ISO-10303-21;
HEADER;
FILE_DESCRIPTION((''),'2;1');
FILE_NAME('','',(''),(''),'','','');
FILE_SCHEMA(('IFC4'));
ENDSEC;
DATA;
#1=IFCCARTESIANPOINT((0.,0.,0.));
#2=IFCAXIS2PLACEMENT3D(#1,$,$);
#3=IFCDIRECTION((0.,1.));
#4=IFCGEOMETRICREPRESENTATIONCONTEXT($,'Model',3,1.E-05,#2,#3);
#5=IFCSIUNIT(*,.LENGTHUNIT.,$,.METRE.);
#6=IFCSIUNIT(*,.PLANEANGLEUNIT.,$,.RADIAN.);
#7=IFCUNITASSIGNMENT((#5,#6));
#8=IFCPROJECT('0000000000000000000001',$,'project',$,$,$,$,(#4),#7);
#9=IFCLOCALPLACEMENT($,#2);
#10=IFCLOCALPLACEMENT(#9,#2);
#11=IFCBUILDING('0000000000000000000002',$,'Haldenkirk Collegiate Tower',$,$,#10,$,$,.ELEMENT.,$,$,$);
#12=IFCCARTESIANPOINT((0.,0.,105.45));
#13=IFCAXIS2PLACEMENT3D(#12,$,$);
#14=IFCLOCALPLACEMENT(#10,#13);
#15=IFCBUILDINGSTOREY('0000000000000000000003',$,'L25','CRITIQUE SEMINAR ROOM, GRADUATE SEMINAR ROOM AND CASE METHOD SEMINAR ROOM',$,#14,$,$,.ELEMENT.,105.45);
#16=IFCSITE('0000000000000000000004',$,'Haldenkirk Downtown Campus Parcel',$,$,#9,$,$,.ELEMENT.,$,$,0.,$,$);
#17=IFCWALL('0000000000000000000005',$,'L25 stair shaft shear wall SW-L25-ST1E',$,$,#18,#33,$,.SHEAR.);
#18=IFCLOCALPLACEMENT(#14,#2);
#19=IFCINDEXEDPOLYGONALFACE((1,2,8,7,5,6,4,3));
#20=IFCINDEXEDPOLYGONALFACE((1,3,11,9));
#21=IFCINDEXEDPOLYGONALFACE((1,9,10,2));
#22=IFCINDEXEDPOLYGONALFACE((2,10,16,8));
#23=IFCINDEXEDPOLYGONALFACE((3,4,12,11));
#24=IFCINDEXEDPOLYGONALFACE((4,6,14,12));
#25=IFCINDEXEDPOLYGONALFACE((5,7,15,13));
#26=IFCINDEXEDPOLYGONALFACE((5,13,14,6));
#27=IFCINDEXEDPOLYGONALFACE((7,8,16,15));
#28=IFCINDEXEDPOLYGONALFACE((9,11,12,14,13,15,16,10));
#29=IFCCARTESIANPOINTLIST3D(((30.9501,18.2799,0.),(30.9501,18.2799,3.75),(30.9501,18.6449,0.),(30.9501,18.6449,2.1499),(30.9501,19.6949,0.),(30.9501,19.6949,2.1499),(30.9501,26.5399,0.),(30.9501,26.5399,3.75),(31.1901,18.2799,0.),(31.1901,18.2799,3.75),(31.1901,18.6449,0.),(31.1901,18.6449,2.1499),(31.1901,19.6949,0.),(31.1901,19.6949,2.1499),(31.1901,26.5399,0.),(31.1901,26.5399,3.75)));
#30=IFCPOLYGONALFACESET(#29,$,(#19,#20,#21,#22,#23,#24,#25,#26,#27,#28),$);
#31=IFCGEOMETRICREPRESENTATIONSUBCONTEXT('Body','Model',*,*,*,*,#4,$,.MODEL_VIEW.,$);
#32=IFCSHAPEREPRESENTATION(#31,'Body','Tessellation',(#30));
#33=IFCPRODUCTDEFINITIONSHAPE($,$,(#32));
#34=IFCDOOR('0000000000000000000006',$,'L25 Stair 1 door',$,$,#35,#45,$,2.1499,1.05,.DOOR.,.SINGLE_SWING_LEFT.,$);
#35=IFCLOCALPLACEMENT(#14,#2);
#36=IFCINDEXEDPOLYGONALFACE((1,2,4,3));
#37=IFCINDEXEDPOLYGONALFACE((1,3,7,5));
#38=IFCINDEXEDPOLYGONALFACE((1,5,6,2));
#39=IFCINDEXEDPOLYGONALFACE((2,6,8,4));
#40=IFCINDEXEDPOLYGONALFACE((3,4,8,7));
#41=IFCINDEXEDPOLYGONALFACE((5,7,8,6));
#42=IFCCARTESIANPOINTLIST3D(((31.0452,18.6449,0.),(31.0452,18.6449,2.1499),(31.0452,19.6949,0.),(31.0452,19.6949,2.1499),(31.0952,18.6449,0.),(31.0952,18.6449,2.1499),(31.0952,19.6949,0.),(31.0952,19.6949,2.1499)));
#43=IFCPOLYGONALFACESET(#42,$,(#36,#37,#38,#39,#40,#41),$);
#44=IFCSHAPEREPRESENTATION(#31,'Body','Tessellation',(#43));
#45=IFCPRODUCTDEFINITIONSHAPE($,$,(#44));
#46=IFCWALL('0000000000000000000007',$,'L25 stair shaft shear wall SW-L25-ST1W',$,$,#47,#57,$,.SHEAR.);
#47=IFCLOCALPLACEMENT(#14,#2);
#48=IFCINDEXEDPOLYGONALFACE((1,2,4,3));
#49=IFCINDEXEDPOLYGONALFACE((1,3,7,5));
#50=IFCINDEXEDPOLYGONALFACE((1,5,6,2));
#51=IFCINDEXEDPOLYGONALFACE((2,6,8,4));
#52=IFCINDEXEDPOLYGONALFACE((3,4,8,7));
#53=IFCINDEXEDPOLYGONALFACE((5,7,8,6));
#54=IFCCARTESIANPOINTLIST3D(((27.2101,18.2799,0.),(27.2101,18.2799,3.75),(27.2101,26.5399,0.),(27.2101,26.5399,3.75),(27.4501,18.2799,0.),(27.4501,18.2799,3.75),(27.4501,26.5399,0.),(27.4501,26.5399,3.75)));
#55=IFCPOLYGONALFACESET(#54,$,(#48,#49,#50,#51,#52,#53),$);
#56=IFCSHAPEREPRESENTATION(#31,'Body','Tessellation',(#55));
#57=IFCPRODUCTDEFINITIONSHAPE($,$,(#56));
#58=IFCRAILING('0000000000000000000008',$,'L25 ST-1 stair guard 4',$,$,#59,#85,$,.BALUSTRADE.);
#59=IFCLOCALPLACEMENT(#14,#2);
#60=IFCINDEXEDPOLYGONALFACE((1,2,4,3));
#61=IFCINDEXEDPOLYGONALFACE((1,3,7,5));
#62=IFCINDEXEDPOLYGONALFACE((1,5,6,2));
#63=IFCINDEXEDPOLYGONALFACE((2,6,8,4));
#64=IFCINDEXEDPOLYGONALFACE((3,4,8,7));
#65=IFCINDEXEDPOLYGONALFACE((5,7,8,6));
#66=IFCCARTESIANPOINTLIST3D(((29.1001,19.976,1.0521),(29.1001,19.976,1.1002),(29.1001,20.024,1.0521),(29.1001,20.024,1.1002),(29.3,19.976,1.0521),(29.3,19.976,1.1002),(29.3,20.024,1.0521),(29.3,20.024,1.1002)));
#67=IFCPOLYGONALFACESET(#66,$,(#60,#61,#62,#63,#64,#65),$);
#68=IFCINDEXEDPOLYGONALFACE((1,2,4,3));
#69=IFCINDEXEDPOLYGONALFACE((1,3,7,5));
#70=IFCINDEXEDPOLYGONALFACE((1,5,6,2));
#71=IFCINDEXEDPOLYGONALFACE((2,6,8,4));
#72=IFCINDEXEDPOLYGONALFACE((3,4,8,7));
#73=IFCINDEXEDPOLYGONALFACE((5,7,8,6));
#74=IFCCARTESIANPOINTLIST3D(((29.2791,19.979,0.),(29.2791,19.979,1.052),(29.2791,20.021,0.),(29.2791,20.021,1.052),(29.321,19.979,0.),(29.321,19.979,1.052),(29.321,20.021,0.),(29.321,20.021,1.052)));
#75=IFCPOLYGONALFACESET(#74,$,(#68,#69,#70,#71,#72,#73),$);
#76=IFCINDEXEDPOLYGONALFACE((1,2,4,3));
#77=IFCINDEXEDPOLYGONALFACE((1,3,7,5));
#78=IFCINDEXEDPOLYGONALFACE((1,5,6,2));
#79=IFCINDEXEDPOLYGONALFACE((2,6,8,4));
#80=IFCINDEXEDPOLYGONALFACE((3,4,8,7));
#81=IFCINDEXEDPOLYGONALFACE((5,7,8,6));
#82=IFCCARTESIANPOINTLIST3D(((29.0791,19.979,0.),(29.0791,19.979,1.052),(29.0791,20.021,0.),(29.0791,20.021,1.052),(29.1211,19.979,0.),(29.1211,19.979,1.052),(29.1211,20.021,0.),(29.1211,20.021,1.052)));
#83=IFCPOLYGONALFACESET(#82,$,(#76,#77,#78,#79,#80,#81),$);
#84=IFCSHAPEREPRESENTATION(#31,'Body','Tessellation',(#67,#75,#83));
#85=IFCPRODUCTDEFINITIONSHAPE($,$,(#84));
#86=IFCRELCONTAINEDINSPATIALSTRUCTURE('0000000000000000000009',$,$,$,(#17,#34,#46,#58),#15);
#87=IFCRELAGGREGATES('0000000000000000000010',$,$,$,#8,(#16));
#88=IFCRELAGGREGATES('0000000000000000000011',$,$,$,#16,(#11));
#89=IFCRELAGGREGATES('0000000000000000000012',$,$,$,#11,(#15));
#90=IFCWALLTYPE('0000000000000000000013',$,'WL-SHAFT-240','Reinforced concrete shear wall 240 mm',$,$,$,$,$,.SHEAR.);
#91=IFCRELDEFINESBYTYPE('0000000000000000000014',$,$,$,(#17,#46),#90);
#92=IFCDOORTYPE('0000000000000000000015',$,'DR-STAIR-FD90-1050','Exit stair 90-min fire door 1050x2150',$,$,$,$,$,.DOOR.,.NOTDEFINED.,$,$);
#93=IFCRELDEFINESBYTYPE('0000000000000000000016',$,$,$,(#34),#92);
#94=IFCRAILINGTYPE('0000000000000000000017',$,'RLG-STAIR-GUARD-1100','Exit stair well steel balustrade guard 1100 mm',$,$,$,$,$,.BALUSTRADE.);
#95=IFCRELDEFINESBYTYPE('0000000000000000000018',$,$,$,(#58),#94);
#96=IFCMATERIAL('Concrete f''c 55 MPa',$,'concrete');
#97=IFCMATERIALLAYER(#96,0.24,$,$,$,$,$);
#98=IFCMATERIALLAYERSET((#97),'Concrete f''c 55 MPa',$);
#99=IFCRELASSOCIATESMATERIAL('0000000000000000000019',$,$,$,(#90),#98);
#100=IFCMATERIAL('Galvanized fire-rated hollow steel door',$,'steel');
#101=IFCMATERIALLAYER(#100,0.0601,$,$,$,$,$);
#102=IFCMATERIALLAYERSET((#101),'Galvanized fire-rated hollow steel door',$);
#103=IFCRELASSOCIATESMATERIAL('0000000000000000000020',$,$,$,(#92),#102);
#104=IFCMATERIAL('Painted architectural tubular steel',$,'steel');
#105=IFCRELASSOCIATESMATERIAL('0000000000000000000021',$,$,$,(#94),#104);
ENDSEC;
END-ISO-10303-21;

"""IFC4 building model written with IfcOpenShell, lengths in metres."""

from ifc_helpers import new_model, si_unit, direction, frame, frame_2d, origin, origin_2d, place, context, subcontext, project, spatial, rectangle, extrude, material, layer, layer_set, type_object, element, fill, save


model = new_model("IFC4")

# Units and contexts
model_context = context("Model", 3, precision=1e-05, world=origin(), true_north=direction((0.0, 1.0)))
body_context = subcontext(model_context, "Body", "Model", "MODEL_VIEW")
ifc_project = project(units=[si_unit("LENGTHUNIT", "METRE"), si_unit("PLANEANGLEUNIT", "RADIAN")], contexts=[model_context])

# Site, building, storey
site_placement = place(None, origin())
site = spatial("IfcSite", under=ifc_project, at=site_placement, Name="Haldenkirk Downtown Campus Parcel", CompositionType="ELEMENT", RefElevation=0.0)
building_placement = place(site_placement, origin())
building = spatial("IfcBuilding", under=site, at=building_placement, Name="Haldenkirk Collegiate Tower", CompositionType="ELEMENT")
storey_placement = place(building_placement, frame((0.0, 0.0, 105.45)))
storey = spatial("IfcBuildingStorey", under=building, at=storey_placement, Name="L25", Description="CRITIQUE SEMINAR ROOM, GRADUATE SEMINAR ROOM AND CASE METHOD SEMINAR ROOM", CompositionType="ELEMENT", Elevation=105.45)

# Shared definitions
ifc_material_1 = material(Name="Galvanized fire-rated hollow steel door", Category="steel")

# Wall, opening, door
ifc_material_2 = material(Name="Concrete f'c 55 MPa", Category="concrete")
ifc_layer_1 = layer(ifc_material_2, 0.24)
ifc_layer_set_1 = layer_set([ifc_layer_1], Name="Concrete f'c 55 MPa")
wall_type_1 = type_object("IfcWallType", Name="WL-SHAFT-240", Description="Reinforced concrete shear wall 240 mm", PredefinedType="SHEAR", material=ifc_layer_set_1)
wall_1_placement = place(storey_placement, frame((31.0701, 18.28, 0.0), z_axis=(0.0, 0.0, 1.0), x_axis=(0.0, 1.0, 0.0)))
wall_1 = element("IfcWall", 1, at=wall_1_placement, inside=storey, type_object=wall_type_1, Name="L25 stair shaft shear wall SW-L25-ST1E", PredefinedType="SHEAR", context=body_context, shape_type="SweptSolid", body=[
    extrude(rectangle(XDim=8.26, YDim=0.24, at=frame_2d((4.1299, 0.0))), origin(), (0.0, 0.0, 1.0), 3.75),
])
opening_1_placement = place(wall_1_placement, frame((0.365, 0.0, 0.0)))
opening_1 = element("IfcOpeningElement", 2, at=opening_1_placement, cuts=wall_1, PredefinedType="OPENING", context=body_context, shape_type="SweptSolid", body=[
    extrude(rectangle(XDim=1.05, YDim=2.1499, at=frame_2d((0.5249, 1.075))), frame((0.0, 0.1299, 0.0), z_axis=(0.0, -1.0, 0.0), x_axis=(1.0, 0.0, 0.0)), (0.0, 0.0, 1.0), 0.26),
])
ifc_layer_2 = layer(ifc_material_1, 0.0601)
ifc_layer_set_2 = layer_set([ifc_layer_2], Name="Galvanized fire-rated hollow steel door")
door_type_1 = type_object("IfcDoorType", Name="DR-STAIR-FD90-1050", Description="Exit stair 90-min fire door 1050x2150", OperationType="NOTDEFINED", PredefinedType="DOOR", material=ifc_layer_set_2)
door_1_placement = place(opening_1_placement, origin())
door_1 = element("IfcDoor", 3, at=door_1_placement, inside=storey, type_object=door_type_1, Name="L25 Stair 1 door", OperationType="SINGLE_SWING_LEFT", OverallHeight=2.1499, OverallWidth=1.05, PredefinedType="DOOR", context=body_context, shape_type="SweptSolid", body=[
    extrude(rectangle(XDim=1.05, YDim=2.1499, at=frame_2d((0.5249, 1.075))), frame((0.0, 0.0249, 0.0), z_axis=(0.0, -1.0, 0.0), x_axis=(1.0, 0.0, 0.0)), (0.0, 0.0, 1.0), 0.05),
])
fill(opening_1, door_1)

# Wall
wall_2_placement = place(storey_placement, frame((27.3301, 18.28, 0.0), z_axis=(0.0, 0.0, 1.0), x_axis=(0.0, 1.0, 0.0)))
element("IfcWall", 4, at=wall_2_placement, inside=storey, type_object=wall_type_1, Name="L25 stair shaft shear wall SW-L25-ST1W", PredefinedType="SHEAR", context=body_context, shape_type="SweptSolid", body=[
    extrude(rectangle(XDim=8.26, YDim=0.24, at=frame_2d((4.1299, 0.0))), origin(), (0.0, 0.0, 1.0), 3.75),
])

# Railing
ifc_material_3 = material(Name="Painted architectural tubular steel", Category="steel")
railing_type = type_object("IfcRailingType", Name="RLG-STAIR-GUARD-1100", Description="Exit stair well steel balustrade guard 1100 mm", PredefinedType="BALUSTRADE", material=ifc_material_3)
railing_placement = place(storey_placement, frame((29.3, 20.0, 0.0)))
element("IfcRailing", 5, at=railing_placement, inside=storey, type_object=railing_type, Name="L25 ST-1 stair guard 4", PredefinedType="BALUSTRADE", context=body_context, shape_type="SweptSolid", body=[
    extrude(rectangle(XDim=0.0481, YDim=0.0481, at=origin_2d()), frame((0.0, 0.0, 1.0762), z_axis=(-1.0, 0.0, 0.0), x_axis=(0.0, -1.0, 0.0)), (0.0, 0.0, 1.0), 0.2),
    extrude(rectangle(XDim=0.042, YDim=0.042, at=origin_2d()), origin(), (0.0, 0.0, 1.0), 1.052),
    extrude(rectangle(XDim=0.042, YDim=0.042, at=origin_2d()), frame((-0.2, 0.0, 0.0)), (0.0, 0.0, 1.0), 1.052),
])

save(model, "model.ifc")
